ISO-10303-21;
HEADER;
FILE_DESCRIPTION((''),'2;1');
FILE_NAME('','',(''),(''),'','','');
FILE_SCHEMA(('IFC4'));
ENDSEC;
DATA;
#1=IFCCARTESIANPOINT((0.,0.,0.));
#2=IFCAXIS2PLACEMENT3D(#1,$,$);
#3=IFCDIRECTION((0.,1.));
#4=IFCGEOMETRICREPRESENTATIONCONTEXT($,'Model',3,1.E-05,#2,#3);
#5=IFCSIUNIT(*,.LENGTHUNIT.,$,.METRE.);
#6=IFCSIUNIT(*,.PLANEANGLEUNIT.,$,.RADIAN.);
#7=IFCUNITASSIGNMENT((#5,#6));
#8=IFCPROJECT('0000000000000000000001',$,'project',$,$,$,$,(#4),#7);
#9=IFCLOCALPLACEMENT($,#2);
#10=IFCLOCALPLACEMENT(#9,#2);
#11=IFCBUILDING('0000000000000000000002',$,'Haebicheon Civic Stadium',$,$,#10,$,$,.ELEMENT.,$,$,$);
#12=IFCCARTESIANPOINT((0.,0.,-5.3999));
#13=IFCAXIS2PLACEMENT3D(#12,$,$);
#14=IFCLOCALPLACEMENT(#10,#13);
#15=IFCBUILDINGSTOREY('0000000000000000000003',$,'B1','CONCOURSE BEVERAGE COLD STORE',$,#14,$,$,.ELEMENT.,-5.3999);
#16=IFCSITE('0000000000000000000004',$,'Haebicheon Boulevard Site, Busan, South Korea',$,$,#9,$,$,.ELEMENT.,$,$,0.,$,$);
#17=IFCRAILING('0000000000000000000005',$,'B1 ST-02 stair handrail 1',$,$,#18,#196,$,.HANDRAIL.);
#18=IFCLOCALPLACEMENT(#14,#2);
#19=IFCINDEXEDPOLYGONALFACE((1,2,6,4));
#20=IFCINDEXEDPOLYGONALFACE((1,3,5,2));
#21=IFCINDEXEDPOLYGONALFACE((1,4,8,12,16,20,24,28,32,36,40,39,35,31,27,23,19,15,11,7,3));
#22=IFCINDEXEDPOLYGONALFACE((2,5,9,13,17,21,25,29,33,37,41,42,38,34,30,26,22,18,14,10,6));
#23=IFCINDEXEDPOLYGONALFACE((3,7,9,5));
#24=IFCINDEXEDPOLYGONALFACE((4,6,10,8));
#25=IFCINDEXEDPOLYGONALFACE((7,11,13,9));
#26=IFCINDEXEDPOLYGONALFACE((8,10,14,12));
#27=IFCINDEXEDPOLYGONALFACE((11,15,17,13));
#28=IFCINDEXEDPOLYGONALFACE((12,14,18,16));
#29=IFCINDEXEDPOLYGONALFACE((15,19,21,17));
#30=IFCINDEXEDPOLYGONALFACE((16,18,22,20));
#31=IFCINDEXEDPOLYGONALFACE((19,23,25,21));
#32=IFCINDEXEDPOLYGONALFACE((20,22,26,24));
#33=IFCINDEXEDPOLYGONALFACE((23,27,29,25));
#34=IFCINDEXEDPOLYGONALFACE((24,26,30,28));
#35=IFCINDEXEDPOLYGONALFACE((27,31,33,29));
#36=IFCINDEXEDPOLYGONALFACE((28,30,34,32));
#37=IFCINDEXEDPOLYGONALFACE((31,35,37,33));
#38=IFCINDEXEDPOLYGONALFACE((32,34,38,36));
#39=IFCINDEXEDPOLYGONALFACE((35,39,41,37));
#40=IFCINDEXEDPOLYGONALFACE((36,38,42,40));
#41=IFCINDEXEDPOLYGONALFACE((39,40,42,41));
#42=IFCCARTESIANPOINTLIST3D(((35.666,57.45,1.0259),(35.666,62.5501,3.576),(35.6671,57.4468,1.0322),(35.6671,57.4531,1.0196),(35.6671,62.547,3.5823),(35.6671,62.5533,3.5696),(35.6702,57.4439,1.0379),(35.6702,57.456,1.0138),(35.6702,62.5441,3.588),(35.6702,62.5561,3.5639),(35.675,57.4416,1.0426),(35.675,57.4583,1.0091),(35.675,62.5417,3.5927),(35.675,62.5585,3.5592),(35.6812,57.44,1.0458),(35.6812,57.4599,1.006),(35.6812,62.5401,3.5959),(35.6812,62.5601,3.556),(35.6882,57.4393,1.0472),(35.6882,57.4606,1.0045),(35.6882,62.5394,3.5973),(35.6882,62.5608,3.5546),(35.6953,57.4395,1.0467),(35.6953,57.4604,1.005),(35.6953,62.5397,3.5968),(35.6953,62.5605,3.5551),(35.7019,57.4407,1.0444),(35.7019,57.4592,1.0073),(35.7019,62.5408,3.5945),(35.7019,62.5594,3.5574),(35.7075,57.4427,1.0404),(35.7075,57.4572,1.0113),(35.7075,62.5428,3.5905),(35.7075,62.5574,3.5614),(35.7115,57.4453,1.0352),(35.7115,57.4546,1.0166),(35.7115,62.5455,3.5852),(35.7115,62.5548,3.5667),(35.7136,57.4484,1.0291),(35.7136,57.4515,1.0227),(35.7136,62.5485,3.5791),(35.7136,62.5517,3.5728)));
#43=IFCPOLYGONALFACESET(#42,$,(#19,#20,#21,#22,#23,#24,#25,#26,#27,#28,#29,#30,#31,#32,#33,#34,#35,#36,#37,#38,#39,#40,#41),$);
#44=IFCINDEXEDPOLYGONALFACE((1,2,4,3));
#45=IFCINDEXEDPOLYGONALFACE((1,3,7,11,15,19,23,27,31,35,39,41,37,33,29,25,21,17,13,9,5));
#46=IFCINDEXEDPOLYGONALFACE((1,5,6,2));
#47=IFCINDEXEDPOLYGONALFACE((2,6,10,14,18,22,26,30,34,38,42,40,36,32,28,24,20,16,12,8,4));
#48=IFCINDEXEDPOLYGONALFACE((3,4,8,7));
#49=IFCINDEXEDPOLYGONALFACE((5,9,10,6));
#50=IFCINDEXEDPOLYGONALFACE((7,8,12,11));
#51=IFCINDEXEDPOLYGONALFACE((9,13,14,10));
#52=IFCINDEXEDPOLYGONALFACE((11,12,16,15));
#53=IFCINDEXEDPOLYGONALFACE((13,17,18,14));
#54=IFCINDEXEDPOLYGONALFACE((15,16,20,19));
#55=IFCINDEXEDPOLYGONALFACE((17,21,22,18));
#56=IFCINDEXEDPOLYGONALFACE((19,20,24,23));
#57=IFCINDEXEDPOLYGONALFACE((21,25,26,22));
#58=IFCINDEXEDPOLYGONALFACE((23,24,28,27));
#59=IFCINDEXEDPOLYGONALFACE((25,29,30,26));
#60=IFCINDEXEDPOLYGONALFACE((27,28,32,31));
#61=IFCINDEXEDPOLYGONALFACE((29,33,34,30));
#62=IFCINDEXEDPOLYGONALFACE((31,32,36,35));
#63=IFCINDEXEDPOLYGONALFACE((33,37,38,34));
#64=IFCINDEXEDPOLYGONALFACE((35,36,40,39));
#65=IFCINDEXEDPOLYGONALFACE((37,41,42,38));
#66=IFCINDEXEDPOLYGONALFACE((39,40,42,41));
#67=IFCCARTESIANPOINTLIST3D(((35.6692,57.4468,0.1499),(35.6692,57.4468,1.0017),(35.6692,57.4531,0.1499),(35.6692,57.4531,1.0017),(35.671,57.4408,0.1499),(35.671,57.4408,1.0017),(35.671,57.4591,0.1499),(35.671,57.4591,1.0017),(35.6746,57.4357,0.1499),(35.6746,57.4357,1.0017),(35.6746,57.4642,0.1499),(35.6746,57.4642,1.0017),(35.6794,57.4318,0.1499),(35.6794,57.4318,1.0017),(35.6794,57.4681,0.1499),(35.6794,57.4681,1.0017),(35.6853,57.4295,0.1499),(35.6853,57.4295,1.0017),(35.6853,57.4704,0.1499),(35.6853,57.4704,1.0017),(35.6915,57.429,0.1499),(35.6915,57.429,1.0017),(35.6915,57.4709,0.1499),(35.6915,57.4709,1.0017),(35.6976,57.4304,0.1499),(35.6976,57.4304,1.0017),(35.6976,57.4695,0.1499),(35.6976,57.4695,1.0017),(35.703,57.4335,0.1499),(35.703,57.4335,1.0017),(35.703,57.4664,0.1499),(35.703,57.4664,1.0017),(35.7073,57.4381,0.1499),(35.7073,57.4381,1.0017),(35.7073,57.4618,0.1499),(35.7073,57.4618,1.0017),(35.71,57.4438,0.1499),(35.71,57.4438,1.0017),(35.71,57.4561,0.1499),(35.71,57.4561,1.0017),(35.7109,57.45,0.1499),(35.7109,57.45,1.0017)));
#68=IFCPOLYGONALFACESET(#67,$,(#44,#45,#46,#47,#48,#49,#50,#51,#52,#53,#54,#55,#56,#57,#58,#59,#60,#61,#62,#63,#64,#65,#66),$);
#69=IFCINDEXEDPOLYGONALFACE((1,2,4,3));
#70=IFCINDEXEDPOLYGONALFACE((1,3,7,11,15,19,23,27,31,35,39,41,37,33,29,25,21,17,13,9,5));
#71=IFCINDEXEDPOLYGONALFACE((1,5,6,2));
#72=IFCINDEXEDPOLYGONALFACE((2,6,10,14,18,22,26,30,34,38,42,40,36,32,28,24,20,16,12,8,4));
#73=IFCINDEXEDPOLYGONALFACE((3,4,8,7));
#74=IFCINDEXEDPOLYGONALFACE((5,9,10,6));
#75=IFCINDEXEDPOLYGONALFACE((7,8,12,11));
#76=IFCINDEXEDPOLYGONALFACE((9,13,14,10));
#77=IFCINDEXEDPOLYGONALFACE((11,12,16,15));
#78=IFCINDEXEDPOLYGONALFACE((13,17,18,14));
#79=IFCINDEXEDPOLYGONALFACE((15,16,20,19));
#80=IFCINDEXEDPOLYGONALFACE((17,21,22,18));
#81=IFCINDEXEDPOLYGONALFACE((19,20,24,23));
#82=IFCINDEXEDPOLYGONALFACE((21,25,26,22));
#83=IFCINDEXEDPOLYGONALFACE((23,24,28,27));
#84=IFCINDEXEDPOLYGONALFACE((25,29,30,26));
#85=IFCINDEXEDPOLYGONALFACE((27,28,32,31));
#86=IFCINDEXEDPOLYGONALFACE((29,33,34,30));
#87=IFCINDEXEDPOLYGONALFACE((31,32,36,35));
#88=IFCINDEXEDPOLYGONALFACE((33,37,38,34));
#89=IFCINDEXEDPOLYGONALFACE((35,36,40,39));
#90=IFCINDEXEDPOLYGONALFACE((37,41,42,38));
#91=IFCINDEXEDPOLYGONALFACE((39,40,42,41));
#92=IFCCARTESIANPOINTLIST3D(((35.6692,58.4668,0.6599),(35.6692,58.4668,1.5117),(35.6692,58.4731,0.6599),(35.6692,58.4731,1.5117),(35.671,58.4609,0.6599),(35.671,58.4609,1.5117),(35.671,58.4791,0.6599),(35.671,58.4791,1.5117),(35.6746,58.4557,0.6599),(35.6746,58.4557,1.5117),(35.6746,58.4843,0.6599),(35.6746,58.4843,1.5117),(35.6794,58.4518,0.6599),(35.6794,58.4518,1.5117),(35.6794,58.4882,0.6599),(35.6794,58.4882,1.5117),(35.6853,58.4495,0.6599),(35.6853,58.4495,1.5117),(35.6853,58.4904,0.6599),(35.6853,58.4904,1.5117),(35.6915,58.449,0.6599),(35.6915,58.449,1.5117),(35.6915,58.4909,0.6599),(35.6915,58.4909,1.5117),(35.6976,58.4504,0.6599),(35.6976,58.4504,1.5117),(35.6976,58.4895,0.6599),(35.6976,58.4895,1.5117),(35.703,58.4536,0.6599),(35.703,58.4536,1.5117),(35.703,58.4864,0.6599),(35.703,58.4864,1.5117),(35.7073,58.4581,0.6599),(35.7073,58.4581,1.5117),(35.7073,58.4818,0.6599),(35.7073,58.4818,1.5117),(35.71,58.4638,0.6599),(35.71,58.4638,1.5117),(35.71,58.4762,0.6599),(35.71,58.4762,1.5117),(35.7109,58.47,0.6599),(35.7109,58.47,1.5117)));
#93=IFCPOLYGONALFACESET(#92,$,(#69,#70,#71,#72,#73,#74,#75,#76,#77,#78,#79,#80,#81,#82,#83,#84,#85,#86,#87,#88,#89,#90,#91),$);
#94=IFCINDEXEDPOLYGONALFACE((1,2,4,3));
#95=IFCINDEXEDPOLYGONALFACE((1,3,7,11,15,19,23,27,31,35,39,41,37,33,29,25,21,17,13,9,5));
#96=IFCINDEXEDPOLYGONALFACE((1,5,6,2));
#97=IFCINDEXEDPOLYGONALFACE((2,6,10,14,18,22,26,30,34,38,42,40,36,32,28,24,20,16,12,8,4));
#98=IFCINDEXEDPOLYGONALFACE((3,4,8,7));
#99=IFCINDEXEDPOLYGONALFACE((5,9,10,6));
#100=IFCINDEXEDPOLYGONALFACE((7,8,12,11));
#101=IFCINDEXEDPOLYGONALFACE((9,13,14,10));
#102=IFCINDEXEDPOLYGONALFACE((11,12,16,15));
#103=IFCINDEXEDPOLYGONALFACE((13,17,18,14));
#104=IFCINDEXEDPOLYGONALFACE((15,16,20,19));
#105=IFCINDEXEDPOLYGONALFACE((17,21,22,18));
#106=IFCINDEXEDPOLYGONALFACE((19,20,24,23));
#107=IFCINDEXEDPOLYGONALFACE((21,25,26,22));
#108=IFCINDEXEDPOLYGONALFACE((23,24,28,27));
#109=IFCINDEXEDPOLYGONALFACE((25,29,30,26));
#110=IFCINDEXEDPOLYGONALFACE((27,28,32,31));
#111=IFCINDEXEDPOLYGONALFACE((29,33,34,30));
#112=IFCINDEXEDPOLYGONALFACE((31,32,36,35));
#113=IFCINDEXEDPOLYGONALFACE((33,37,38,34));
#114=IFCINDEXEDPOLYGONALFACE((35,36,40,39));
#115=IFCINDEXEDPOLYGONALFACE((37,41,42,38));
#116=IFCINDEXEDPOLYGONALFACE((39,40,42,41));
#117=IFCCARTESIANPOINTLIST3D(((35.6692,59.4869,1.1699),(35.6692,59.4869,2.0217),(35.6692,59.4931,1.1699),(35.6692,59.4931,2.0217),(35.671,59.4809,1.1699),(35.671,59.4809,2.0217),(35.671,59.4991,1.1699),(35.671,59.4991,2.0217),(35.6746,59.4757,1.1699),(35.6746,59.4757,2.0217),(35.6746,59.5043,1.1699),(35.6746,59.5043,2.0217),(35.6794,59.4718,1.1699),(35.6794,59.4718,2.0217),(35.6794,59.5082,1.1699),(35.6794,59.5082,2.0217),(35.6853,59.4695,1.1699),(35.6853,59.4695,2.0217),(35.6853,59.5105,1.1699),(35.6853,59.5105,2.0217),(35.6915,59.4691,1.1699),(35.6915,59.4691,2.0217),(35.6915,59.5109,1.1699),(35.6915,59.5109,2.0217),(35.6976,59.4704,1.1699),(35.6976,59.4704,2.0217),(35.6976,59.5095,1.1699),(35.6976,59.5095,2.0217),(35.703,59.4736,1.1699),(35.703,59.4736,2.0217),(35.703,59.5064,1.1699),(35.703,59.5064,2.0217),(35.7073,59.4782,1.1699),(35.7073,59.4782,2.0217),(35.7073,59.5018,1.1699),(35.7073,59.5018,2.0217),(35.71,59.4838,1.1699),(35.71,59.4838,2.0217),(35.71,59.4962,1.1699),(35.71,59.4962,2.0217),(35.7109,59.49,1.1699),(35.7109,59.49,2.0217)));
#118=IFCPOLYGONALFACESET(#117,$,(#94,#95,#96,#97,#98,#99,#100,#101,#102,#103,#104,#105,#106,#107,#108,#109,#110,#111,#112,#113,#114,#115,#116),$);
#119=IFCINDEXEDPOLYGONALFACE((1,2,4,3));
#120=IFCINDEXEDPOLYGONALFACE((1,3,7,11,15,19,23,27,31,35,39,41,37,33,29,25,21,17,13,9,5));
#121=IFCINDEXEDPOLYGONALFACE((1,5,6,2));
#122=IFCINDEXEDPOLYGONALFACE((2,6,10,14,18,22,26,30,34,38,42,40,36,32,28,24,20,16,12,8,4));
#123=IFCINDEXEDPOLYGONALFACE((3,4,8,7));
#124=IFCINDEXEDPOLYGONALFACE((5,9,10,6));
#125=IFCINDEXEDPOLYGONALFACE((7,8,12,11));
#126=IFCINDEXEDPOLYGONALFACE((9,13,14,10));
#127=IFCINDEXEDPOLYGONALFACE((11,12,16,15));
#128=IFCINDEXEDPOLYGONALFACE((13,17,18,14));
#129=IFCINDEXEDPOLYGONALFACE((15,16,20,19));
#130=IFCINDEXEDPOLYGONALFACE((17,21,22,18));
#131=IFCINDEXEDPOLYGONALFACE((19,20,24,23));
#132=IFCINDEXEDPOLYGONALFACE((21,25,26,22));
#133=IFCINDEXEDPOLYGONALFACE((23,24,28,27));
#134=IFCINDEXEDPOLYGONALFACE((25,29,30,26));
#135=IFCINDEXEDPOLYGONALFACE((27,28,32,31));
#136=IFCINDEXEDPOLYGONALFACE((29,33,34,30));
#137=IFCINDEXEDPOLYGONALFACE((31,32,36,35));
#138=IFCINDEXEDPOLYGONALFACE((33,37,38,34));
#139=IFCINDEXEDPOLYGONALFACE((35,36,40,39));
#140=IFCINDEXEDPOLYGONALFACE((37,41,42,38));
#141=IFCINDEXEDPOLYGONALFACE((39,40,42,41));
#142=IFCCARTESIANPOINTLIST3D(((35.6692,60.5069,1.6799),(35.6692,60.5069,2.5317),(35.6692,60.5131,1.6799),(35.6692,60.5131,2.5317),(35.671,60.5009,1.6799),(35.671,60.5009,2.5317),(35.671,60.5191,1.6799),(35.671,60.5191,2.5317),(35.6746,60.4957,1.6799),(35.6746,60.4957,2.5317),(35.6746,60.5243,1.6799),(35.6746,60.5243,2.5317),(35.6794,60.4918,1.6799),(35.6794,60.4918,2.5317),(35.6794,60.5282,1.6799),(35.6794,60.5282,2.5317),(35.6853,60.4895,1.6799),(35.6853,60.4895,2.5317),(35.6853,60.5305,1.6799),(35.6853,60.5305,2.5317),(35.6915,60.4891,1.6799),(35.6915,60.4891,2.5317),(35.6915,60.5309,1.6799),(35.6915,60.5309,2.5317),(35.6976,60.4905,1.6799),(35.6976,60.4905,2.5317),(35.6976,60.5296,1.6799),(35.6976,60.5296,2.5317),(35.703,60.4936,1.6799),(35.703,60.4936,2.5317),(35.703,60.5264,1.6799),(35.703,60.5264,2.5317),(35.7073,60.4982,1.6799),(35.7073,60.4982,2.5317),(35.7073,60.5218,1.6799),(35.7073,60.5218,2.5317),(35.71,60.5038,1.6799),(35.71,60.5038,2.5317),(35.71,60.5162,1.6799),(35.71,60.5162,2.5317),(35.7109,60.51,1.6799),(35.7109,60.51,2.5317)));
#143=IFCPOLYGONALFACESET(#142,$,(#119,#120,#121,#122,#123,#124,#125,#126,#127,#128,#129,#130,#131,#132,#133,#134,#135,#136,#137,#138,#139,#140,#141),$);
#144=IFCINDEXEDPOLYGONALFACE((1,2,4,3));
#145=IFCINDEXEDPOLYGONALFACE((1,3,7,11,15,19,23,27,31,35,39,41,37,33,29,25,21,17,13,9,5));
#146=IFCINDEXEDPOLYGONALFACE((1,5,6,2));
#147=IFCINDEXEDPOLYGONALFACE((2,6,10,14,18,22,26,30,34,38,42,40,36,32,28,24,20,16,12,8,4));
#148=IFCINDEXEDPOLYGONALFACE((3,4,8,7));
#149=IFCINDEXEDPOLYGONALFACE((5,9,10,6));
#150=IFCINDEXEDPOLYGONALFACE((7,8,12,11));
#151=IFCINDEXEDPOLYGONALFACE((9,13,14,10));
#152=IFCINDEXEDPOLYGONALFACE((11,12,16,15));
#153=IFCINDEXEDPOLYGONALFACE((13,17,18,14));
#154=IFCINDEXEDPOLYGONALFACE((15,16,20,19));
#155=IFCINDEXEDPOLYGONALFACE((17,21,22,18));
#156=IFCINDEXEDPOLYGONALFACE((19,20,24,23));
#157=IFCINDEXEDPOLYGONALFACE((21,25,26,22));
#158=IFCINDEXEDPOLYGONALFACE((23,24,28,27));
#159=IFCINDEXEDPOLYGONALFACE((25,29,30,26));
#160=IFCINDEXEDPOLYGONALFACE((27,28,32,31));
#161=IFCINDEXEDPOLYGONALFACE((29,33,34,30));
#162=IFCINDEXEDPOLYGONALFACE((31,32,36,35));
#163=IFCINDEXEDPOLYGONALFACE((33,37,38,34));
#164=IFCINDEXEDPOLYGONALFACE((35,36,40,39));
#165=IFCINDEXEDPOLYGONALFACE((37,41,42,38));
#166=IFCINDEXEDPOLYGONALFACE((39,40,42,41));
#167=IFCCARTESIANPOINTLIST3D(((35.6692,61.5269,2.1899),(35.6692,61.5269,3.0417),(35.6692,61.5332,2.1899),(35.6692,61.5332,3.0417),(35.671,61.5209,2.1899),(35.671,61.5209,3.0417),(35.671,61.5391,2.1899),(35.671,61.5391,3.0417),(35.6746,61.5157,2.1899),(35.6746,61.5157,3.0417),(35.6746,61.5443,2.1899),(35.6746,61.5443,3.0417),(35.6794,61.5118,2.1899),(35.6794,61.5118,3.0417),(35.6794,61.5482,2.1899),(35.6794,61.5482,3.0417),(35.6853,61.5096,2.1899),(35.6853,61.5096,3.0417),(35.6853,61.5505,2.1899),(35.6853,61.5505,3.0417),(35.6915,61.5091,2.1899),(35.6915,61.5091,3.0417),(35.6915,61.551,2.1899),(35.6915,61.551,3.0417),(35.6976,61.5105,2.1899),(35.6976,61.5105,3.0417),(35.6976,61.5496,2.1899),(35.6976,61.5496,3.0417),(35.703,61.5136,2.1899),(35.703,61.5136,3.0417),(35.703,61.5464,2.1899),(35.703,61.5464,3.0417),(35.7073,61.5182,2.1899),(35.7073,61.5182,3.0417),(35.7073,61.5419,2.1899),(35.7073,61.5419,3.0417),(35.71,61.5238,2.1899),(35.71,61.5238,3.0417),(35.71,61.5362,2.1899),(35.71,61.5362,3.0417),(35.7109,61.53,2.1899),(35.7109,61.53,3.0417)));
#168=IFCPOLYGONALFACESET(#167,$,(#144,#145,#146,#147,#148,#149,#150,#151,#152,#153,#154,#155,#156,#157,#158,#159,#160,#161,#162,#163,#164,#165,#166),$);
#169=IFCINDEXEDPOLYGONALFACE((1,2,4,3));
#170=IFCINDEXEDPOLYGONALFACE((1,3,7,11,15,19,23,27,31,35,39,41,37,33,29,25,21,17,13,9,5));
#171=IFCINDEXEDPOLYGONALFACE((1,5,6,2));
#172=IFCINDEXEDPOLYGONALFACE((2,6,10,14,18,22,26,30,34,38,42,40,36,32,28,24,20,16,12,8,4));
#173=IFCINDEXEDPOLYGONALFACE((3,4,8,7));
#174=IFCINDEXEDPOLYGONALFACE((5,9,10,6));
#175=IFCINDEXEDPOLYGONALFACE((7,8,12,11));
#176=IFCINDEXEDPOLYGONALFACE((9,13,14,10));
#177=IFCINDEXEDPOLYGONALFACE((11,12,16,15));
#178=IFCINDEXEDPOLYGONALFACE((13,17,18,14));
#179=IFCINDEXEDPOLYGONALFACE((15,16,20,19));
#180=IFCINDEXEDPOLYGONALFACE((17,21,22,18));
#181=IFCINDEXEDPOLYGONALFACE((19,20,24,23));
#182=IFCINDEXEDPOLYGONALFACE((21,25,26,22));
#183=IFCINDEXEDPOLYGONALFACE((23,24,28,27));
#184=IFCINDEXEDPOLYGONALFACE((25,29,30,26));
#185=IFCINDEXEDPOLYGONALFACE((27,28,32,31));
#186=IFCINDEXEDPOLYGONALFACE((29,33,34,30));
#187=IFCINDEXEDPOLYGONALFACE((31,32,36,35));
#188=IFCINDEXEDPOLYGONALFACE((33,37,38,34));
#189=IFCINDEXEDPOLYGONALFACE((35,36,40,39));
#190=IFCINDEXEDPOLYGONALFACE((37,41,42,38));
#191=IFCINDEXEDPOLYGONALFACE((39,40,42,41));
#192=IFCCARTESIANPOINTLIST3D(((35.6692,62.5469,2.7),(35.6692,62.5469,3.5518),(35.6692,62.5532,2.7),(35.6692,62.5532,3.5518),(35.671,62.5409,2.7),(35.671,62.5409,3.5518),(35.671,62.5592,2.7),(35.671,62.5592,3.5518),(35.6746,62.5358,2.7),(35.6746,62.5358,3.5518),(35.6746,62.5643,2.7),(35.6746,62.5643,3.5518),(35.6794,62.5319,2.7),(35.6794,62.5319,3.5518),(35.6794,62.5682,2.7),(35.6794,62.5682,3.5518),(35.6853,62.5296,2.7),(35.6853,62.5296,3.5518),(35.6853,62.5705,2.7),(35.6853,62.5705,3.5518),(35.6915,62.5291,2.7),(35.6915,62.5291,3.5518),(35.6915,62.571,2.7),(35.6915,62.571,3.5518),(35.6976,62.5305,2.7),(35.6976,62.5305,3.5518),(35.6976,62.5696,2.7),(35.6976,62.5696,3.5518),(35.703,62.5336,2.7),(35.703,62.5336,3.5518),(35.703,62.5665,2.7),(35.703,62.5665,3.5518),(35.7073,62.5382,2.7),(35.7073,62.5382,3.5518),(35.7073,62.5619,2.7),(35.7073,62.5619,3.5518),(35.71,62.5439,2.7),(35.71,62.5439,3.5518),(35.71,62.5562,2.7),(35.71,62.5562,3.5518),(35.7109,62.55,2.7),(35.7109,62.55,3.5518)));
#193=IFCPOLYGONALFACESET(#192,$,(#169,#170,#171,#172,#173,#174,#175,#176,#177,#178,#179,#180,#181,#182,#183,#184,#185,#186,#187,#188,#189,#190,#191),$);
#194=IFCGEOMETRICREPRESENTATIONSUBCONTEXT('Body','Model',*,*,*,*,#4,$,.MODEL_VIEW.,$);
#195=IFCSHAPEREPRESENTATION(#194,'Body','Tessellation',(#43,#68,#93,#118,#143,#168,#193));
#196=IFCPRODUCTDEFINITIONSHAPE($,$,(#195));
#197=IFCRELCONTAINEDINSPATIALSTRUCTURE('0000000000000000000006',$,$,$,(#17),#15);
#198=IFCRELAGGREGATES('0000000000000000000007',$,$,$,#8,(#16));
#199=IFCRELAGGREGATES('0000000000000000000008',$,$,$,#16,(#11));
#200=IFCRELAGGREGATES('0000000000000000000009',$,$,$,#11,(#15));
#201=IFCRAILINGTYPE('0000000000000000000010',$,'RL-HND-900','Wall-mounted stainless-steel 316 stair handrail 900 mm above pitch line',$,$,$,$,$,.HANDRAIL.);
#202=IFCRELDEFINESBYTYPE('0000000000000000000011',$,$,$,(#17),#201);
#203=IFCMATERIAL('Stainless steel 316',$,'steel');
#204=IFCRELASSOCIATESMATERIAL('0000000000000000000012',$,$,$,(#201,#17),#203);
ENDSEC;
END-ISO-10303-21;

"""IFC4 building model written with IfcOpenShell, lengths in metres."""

from ifc_helpers import new_model, si_unit, direction, frame, origin, origin_2d, place, context, subcontext, project, spatial, circle, extrude, material, type_object, element, save


model = new_model("IFC4")

# Units and contexts
model_context = context("Model", 3, precision=1e-05, world=origin(), true_north=direction((0.0, 1.0)))
body_context = subcontext(model_context, "Body", "Model", "MODEL_VIEW")
ifc_project = project(units=[si_unit("LENGTHUNIT", "METRE"), si_unit("PLANEANGLEUNIT", "RADIAN")], contexts=[model_context])

# Site, building, storey
site_placement = place(None, origin())
site = spatial("IfcSite", under=ifc_project, at=site_placement, Name="Haebicheon Boulevard Site, Busan, South Korea", CompositionType="ELEMENT", RefElevation=0.0)
building_placement = place(site_placement, origin())
building = spatial("IfcBuilding", under=site, at=building_placement, Name="Haebicheon Civic Stadium", CompositionType="ELEMENT")
storey_placement = place(building_placement, frame((0.0, 0.0, -5.3999)))
storey = spatial("IfcBuildingStorey", under=building, at=storey_placement, Name="B1", Description="CONCOURSE BEVERAGE COLD STORE", CompositionType="ELEMENT", Elevation=-5.3999)

# Railing
ifc_material_1 = material(Name="Stainless steel 316", Category="steel")
railing_type_1 = type_object("IfcRailingType", Name="RL-HND-900", Description="Wall-mounted stainless-steel 316 stair handrail 900 mm above pitch line", PredefinedType="HANDRAIL", material=ifc_material_1)
railing_1_placement = place(storey_placement, frame((35.6899, 57.45, 0.1499)))
element("IfcRailing", 1, at=railing_1_placement, inside=storey, type_object=railing_type_1, material=ifc_material_1, Name="B1 ST-02 stair handrail 1", PredefinedType="HANDRAIL", context=body_context, shape_type="SweptSolid", body=[
    extrude(circle(Radius=0.0239, at=origin_2d()), frame((0.0, 0.0, 0.876), z_axis=(0.0, 0.894427, 0.447214), x_axis=(-1.0, 0.0, 0.0)), (0.0, 0.0, 1.0), 5.7021),
    extrude(circle(Radius=0.021, at=origin_2d()), origin(), (0.0, 0.0, 1.0), 0.8518),
    extrude(circle(Radius=0.021, at=origin_2d()), frame((0.0, 1.02, 0.51)), (0.0, 0.0, 1.0), 0.8518),
    extrude(circle(Radius=0.021, at=origin_2d()), frame((0.0, 2.04, 1.02)), (0.0, 0.0, 1.0), 0.8518),
    extrude(circle(Radius=0.021, at=origin_2d()), frame((0.0, 3.0601, 1.53)), (0.0, 0.0, 1.0), 0.8518),
    extrude(circle(Radius=0.021, at=origin_2d()), frame((0.0, 4.0801, 2.04)), (0.0, 0.0, 1.0), 0.8518),
    extrude(circle(Radius=0.021, at=origin_2d()), frame((0.0, 5.1001, 2.55)), (0.0, 0.0, 1.0), 0.8518),
])

save(model, "model.ifc")
